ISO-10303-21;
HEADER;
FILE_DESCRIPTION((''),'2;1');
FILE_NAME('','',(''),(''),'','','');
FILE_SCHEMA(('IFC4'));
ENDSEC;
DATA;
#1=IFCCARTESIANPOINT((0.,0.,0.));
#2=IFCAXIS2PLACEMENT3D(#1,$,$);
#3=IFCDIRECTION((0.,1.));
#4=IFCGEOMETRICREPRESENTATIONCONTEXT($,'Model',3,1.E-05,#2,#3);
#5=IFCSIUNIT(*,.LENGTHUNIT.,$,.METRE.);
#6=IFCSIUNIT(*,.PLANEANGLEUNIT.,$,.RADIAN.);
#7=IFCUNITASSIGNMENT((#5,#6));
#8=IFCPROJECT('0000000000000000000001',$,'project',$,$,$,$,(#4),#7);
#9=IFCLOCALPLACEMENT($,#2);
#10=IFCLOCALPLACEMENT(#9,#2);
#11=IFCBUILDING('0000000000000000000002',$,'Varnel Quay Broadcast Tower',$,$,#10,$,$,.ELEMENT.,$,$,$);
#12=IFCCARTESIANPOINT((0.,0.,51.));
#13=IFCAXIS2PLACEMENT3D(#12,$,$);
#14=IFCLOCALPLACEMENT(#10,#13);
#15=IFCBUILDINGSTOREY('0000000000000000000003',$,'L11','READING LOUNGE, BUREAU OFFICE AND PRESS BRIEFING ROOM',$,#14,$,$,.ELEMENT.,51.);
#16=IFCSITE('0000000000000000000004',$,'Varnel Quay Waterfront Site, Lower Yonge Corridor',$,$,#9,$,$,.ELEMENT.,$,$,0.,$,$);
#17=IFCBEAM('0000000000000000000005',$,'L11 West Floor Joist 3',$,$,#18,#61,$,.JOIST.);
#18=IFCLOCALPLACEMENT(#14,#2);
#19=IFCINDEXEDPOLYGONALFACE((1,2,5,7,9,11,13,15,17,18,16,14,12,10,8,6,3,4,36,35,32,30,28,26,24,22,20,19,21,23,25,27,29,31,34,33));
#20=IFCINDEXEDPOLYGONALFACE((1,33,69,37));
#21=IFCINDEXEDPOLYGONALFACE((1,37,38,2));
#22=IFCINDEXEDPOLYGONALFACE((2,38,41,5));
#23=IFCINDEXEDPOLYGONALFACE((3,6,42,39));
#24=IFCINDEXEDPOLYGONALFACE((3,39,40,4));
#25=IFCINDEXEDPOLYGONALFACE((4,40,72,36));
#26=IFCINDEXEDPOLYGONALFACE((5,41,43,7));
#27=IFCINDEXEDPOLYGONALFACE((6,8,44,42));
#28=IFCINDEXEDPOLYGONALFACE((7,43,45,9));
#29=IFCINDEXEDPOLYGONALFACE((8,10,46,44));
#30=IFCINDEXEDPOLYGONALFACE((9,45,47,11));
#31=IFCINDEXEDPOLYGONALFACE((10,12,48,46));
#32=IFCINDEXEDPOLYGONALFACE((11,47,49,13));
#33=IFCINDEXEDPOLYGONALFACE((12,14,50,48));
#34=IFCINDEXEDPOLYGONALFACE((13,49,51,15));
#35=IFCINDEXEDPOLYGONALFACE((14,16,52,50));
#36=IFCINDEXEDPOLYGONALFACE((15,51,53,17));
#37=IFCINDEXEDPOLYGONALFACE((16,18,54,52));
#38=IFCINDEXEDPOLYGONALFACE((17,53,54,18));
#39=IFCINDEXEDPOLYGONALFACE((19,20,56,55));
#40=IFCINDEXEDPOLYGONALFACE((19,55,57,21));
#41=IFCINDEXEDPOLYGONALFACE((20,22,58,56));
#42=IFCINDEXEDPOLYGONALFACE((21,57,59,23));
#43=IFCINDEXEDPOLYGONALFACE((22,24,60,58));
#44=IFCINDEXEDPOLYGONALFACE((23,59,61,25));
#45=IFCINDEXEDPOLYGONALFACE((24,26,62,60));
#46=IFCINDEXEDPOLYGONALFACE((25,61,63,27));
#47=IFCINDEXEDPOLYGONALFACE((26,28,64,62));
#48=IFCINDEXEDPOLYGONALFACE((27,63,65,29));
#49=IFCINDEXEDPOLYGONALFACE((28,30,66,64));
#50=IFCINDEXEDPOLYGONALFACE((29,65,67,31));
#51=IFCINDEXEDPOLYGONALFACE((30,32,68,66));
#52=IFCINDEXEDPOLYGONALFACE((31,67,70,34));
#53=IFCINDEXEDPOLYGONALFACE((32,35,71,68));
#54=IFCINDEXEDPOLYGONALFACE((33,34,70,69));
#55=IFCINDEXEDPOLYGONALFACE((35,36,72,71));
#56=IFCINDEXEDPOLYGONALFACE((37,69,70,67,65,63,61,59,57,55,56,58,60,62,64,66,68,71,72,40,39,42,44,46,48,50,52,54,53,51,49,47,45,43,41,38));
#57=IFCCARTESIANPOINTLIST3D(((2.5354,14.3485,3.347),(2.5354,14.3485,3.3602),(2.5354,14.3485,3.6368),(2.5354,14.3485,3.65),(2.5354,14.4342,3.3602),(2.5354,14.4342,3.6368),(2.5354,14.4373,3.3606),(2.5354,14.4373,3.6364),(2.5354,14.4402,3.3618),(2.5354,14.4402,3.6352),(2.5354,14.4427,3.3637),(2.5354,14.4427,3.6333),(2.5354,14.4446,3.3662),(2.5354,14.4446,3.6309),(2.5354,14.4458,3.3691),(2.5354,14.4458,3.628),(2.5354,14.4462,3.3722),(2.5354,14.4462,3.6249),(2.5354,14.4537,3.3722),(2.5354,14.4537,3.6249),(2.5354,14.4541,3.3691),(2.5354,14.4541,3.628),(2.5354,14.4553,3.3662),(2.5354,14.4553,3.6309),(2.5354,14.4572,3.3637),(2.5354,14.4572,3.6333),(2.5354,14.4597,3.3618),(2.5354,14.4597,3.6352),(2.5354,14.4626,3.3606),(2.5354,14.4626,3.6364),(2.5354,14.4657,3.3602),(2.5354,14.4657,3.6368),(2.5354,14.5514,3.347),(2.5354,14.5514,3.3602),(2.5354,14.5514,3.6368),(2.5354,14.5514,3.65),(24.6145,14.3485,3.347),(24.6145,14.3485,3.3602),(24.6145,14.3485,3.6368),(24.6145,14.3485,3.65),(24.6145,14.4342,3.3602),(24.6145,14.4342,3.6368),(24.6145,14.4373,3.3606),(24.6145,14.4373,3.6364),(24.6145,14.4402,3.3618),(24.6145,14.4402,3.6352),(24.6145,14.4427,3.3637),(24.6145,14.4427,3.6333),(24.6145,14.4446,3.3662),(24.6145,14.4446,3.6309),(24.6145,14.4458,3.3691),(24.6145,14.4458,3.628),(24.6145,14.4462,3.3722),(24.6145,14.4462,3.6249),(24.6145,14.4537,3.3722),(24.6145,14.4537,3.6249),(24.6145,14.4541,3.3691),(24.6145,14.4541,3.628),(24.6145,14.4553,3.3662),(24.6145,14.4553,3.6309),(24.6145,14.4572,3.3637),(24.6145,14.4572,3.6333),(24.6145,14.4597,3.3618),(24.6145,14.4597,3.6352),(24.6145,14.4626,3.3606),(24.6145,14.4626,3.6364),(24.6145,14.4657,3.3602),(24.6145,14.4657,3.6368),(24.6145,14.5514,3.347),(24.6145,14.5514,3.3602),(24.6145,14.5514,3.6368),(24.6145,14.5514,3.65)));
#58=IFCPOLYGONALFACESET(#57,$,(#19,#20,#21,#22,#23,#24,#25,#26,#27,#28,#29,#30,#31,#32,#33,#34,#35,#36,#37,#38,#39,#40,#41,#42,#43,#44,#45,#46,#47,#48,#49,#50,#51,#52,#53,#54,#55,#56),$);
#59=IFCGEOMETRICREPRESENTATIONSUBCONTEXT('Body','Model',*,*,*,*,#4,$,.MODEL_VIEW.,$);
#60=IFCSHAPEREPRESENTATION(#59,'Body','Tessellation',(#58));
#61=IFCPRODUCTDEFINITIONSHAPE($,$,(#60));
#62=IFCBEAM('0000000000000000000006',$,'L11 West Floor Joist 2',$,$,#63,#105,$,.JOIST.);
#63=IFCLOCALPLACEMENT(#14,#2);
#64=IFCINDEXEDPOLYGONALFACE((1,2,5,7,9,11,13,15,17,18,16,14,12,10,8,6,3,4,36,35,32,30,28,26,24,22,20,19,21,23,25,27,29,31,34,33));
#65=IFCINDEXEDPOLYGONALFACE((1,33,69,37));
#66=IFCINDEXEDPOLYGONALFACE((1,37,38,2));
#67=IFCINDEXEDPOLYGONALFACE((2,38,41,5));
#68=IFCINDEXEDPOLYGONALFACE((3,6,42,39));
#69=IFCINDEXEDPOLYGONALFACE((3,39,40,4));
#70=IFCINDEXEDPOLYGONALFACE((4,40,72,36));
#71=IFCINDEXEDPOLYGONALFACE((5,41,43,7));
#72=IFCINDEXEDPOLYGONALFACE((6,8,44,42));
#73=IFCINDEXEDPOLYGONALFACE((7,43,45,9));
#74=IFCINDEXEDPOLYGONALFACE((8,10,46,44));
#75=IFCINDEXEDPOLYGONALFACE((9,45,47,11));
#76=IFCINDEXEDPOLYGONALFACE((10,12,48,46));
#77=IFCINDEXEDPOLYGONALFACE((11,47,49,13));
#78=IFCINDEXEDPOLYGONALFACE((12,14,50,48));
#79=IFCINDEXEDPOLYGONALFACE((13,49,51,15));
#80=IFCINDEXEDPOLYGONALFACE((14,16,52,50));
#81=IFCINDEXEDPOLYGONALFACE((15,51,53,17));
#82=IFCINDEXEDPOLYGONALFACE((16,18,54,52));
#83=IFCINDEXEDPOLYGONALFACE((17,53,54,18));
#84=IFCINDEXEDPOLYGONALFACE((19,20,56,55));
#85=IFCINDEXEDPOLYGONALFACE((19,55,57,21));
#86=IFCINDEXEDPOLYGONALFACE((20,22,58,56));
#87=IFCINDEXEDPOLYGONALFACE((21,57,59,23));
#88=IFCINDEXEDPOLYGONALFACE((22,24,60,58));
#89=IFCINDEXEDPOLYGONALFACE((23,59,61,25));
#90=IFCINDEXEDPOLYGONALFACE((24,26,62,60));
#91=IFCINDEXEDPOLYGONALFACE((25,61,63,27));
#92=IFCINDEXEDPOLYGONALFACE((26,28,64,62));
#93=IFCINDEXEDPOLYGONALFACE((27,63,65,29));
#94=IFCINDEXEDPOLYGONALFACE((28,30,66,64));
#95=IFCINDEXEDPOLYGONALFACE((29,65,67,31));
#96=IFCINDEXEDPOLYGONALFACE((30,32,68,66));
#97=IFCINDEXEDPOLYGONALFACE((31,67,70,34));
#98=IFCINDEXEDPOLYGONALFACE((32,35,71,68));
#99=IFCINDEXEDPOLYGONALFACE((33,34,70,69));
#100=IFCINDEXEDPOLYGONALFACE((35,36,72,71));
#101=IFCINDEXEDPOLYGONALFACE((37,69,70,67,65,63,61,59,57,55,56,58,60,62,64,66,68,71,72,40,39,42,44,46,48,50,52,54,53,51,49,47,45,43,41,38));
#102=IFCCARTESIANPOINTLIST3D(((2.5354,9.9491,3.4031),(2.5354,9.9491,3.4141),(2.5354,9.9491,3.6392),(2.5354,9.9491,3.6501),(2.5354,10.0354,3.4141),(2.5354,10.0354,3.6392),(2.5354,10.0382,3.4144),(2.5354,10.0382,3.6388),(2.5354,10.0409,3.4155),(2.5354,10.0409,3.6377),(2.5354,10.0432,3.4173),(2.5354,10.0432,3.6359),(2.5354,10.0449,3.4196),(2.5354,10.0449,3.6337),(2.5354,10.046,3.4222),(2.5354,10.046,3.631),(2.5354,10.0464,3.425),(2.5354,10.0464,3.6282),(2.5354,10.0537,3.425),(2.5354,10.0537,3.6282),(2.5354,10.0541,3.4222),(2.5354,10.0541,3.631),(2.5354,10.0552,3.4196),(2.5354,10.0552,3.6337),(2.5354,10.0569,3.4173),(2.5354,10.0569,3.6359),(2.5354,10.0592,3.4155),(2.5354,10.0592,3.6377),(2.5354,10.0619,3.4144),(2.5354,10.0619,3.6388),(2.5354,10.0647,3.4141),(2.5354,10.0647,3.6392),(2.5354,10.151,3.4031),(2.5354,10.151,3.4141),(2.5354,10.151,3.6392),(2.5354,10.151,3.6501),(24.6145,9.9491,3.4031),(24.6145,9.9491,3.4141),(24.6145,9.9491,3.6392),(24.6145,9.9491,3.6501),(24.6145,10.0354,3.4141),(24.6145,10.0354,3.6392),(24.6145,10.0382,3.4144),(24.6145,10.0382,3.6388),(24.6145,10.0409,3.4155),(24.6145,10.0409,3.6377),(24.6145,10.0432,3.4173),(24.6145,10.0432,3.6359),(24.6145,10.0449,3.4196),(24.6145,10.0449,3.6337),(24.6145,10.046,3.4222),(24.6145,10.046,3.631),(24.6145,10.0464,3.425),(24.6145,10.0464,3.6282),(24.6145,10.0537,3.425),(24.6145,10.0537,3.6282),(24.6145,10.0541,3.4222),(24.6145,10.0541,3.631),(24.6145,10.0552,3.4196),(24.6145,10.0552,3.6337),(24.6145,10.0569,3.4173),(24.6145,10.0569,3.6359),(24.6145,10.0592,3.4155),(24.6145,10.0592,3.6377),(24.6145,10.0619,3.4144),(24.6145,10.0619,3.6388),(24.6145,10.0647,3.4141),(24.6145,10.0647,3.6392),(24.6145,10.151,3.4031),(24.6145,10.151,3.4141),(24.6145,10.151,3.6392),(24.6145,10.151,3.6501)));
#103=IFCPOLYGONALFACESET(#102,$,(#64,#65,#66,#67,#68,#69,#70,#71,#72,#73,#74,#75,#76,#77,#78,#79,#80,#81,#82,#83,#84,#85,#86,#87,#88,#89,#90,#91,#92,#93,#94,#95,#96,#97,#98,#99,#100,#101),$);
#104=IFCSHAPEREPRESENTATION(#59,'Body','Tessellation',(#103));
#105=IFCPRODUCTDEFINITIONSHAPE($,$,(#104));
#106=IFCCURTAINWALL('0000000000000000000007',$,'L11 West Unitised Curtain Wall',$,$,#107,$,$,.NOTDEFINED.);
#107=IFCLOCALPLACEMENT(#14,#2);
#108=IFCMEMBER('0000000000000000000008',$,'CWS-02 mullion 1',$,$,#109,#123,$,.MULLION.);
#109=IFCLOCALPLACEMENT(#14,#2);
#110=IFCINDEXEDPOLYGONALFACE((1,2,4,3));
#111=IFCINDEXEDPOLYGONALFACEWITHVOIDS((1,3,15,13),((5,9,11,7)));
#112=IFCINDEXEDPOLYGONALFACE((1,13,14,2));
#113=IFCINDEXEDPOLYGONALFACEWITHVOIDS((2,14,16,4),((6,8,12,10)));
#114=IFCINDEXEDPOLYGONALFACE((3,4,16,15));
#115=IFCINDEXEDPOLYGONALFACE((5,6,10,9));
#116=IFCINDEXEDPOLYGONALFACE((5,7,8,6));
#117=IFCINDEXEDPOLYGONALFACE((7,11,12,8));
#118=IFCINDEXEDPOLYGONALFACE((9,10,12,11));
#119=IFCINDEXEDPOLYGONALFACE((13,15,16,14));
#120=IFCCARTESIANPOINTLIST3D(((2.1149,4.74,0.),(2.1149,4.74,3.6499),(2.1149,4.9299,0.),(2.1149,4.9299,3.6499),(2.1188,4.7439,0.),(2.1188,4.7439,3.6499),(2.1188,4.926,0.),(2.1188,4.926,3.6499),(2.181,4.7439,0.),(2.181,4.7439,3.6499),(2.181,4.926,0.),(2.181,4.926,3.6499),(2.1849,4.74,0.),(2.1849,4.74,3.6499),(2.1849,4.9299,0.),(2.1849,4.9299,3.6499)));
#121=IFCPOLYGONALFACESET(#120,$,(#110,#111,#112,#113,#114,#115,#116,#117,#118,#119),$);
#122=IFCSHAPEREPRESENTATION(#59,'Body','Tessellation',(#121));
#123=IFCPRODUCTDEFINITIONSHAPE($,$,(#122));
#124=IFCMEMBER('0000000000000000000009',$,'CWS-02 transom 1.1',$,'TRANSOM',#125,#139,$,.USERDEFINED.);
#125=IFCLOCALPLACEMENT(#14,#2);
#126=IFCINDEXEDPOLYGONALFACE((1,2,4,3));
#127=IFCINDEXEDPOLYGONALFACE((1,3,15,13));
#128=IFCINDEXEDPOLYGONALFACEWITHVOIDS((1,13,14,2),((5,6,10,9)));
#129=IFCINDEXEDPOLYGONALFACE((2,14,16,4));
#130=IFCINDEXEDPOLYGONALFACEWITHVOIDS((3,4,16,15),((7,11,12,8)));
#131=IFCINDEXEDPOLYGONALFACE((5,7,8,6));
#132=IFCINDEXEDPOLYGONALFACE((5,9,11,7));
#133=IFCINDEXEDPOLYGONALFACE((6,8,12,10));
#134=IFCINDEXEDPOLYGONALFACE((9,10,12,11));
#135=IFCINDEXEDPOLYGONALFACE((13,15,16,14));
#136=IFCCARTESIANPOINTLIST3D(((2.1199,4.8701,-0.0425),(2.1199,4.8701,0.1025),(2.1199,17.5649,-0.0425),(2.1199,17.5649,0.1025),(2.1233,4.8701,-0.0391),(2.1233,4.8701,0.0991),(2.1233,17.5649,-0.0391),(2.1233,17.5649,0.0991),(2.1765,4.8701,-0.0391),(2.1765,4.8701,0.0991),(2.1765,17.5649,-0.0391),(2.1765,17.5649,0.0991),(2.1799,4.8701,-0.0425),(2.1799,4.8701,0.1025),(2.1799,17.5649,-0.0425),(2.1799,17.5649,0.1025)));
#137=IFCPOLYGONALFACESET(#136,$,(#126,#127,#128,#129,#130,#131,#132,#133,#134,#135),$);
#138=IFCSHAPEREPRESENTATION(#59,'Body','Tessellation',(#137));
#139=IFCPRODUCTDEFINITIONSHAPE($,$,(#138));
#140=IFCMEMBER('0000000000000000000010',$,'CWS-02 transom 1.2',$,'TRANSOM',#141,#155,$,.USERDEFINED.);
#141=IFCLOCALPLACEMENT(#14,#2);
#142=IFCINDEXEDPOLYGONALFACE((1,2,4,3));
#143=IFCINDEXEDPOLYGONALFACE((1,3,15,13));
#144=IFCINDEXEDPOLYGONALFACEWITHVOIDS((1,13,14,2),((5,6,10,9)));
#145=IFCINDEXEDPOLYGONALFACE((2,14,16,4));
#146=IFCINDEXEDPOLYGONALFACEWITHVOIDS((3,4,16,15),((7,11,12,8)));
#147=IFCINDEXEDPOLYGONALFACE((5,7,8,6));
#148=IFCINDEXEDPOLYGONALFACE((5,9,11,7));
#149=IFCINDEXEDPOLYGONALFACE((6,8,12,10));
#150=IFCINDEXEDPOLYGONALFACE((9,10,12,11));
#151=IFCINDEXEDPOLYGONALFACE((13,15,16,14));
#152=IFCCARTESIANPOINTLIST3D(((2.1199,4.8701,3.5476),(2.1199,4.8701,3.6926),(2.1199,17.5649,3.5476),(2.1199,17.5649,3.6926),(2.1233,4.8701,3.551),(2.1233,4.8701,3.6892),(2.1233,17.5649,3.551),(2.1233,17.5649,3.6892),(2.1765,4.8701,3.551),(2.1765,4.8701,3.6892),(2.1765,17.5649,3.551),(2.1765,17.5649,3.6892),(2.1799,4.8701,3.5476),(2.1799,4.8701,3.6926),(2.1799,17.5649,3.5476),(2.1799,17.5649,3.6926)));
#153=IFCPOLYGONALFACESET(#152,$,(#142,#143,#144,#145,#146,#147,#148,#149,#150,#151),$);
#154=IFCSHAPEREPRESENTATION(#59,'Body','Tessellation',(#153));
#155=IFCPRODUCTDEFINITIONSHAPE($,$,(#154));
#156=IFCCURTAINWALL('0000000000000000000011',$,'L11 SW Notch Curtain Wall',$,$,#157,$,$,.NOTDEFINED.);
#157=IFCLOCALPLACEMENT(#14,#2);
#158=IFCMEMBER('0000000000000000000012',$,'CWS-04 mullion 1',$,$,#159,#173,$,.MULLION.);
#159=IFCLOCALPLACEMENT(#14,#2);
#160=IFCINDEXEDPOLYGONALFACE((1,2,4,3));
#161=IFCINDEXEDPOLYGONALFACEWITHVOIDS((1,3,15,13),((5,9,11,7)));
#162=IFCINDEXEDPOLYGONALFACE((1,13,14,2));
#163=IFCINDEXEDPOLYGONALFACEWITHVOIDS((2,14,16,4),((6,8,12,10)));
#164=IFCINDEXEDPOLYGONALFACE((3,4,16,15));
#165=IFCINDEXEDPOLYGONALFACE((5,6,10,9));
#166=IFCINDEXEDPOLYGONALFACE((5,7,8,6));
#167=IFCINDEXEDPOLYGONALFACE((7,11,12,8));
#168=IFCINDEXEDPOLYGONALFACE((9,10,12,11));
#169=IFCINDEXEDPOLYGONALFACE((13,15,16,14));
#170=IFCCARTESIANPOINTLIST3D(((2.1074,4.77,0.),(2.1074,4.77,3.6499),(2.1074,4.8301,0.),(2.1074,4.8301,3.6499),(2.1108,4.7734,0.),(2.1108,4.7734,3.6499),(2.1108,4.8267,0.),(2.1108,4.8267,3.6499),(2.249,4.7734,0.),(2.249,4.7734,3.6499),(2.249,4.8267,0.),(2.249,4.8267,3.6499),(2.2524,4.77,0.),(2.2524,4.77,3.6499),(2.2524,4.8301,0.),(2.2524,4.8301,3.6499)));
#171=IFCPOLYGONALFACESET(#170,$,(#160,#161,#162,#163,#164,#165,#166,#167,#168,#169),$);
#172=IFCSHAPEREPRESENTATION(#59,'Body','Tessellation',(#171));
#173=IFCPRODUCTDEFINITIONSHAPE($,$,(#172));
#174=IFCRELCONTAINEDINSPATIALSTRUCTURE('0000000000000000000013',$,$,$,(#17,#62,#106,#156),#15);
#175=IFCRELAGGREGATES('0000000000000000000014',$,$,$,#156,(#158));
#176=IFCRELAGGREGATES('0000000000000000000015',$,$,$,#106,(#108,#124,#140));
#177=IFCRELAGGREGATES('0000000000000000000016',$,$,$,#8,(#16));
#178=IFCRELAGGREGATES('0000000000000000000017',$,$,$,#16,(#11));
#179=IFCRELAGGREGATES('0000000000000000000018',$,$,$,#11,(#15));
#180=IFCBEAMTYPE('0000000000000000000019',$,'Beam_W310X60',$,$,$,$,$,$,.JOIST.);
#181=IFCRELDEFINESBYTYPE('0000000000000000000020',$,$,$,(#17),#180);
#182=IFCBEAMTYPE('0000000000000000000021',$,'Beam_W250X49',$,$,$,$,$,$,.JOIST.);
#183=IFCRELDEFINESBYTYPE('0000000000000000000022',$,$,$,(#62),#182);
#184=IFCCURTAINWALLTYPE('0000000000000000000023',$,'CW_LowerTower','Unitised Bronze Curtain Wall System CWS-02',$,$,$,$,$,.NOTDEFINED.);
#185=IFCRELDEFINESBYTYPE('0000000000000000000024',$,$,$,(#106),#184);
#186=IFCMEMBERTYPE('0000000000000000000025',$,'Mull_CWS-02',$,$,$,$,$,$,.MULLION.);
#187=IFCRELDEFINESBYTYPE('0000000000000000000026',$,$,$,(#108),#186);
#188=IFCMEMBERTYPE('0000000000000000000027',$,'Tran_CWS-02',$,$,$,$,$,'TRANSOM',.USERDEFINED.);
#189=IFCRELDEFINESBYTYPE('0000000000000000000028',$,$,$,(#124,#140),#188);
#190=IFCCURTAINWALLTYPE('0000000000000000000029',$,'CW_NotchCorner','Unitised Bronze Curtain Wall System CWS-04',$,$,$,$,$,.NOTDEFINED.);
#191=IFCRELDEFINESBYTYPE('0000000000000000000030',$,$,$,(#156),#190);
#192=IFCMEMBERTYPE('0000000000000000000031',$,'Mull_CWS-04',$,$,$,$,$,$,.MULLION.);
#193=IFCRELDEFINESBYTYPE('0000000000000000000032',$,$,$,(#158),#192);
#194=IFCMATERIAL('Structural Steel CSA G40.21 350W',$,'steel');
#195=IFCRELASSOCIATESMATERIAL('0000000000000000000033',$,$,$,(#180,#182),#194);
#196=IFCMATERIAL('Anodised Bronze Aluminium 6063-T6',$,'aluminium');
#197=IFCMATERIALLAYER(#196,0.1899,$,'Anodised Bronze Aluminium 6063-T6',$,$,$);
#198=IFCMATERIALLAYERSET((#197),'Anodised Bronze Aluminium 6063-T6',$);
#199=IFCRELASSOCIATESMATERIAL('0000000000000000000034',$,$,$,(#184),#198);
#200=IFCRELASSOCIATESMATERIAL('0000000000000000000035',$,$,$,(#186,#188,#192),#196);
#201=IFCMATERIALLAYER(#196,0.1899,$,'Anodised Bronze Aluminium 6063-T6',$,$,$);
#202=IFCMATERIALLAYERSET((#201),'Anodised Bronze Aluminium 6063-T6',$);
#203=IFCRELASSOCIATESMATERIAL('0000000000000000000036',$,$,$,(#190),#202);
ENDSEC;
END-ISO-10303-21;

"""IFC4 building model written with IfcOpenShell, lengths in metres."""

from ifc_helpers import new_model, si_unit, direction, frame, origin, origin_2d, place, context, subcontext, project, spatial, hollow_rectangle, i_section, extrude, source, transform, mapped, material, layer, layer_set, material_profile, profile_set, type_object, type_shapes, element, aggregate, save


model = new_model("IFC4")

# Units and contexts
model_context = context("Model", 3, precision=1e-05, world=origin(), true_north=direction((0.0, 1.0)))
body_context = subcontext(model_context, "Body", "Model", "MODEL_VIEW")
ifc_project = project(units=[si_unit("LENGTHUNIT", "METRE"), si_unit("PLANEANGLEUNIT", "RADIAN")], contexts=[model_context])

# Site, building, storey
site_placement = place(None, origin())
site = spatial("IfcSite", under=ifc_project, at=site_placement, Name="Varnel Quay Waterfront Site, Lower Yonge Corridor", CompositionType="ELEMENT", RefElevation=0.0)
building_placement = place(site_placement, origin())
building = spatial("IfcBuilding", under=site, at=building_placement, Name="Varnel Quay Broadcast Tower", CompositionType="ELEMENT")
storey_placement = place(building_placement, frame((0.0, 0.0, 51.0)))
storey = spatial("IfcBuildingStorey", under=building, at=storey_placement, Name="L11", Description="READING LOUNGE, BUREAU OFFICE AND PRESS BRIEFING ROOM", CompositionType="ELEMENT", Elevation=51.0)

# Shared definitions
ifc_material_1 = material(Name="Structural Steel CSA G40.21 350W", Category="steel")

# Beams
ifc_material_profile_1 = material_profile(ifc_material_1, i_section(OverallWidth=0.2029, OverallDepth=0.303, WebThickness=0.0076, FlangeThickness=0.0132, FilletRadius=0.012, at=origin_2d()), Name="W310X60")
ifc_profile_set_1 = profile_set([ifc_material_profile_1], Name="Structural Steel CSA G40.21 350W")
beam_type_1 = type_object("IfcBeamType", Name="Beam_W310X60", PredefinedType="JOIST", material=ifc_profile_set_1)
shared_shape_1 = source(origin(), body_context, "Body", "SweptSolid", [
    extrude(i_section(OverallWidth=0.2029, OverallDepth=0.303, WebThickness=0.0076, FlangeThickness=0.0132, FilletRadius=0.012, at=origin_2d()), origin(), (0.0, 0.0, 1.0), 22.0791),
])
type_shapes(beam_type_1, [shared_shape_1])
for number, where, z_axis, x_axis, name in (
    (1, (2.5354, 14.45, 3.4985), (1.0, 0.0, 0.0), (0.0, 1.0, 0.0), "L11 West Floor Joist 3"),
):
    element("IfcBeam", number, at=place(storey_placement, frame(where, z_axis=z_axis, x_axis=x_axis)), inside=storey, type_object=beam_type_1, Name=name, PredefinedType="JOIST", context=body_context, shape_type="MappedRepresentation", body=[
        mapped(shared_shape_1, transform((0.0, 0.0, 0.0), x_axis=(1.0, 0.0, 0.0), y_axis=(0.0, 1.0, 0.0), z_axis=(0.0, 0.0, 1.0), scale=1.0)),
    ])
ifc_material_profile_2 = material_profile(ifc_material_1, i_section(OverallWidth=0.2019, OverallDepth=0.2471, WebThickness=0.0073, FlangeThickness=0.011, FilletRadius=0.011, at=origin_2d()), Name="W250X49")
ifc_profile_set_2 = profile_set([ifc_material_profile_2], Name="Structural Steel CSA G40.21 350W")
beam_type_2 = type_object("IfcBeamType", Name="Beam_W250X49", PredefinedType="JOIST", material=ifc_profile_set_2)
shared_shape_2 = source(origin(), body_context, "Body", "SweptSolid", [
    extrude(i_section(OverallWidth=0.2019, OverallDepth=0.2471, WebThickness=0.0073, FlangeThickness=0.011, FilletRadius=0.011, at=origin_2d()), origin(), (0.0, 0.0, 1.0), 22.0791),
])
type_shapes(beam_type_2, [shared_shape_2])
beam_1_placement = place(storey_placement, frame((2.5354, 10.05, 3.5266), z_axis=(1.0, 0.0, 0.0), x_axis=(0.0, 1.0, 0.0)))
element("IfcBeam", 2, at=beam_1_placement, inside=storey, type_object=beam_type_2, Name="L11 West Floor Joist 2", PredefinedType="JOIST", context=body_context, shape_type="MappedRepresentation", body=[
    mapped(shared_shape_2, transform((0.0, 0.0, 0.0), x_axis=(1.0, 0.0, 0.0), y_axis=(0.0, 1.0, 0.0), z_axis=(0.0, 0.0, 1.0), scale=1.0)),
])

# Curtain walls, members
ifc_material_2 = material(Name="Anodised Bronze Aluminium 6063-T6", Category="aluminium")
ifc_layer_1 = layer(ifc_material_2, 0.1899, Name="Anodised Bronze Aluminium 6063-T6")
ifc_layer_set_1 = layer_set([ifc_layer_1], Name="Anodised Bronze Aluminium 6063-T6")
curtain_wall_type_1 = type_object("IfcCurtainWallType", Name="CW_LowerTower", Description="Unitised Bronze Curtain Wall System CWS-02", PredefinedType="NOTDEFINED", material=ifc_layer_set_1)
curtain_wall_1_placement = place(storey_placement, origin())
curtain_wall_1 = element("IfcCurtainWall", 3, at=curtain_wall_1_placement, inside=storey, type_object=curtain_wall_type_1, Name="L11 West Unitised Curtain Wall", PredefinedType="NOTDEFINED")
ifc_material_profile_3 = material_profile(ifc_material_2, hollow_rectangle(XDim=0.0701, YDim=0.1899, WallThickness=0.0039, at=origin_2d()), Name="ALU70X190X4")
ifc_profile_set_3 = profile_set([ifc_material_profile_3], Name="Anodised Bronze Aluminium 6063-T6")
member_type_1 = type_object("IfcMemberType", Name="Mull_CWS-02", PredefinedType="MULLION", material=ifc_profile_set_3)
shared_shape_3 = source(origin(), body_context, "Body", "SweptSolid", [
    extrude(hollow_rectangle(XDim=0.0701, YDim=0.1899, WallThickness=0.0039, at=origin_2d()), origin(), (0.0, 0.0, 1.0), 3.6499),
])
type_shapes(member_type_1, [shared_shape_3])
member_1_placement = place(storey_placement, frame((2.1499, 4.835, 0.0), z_axis=(0.0, 0.0, 1.0), x_axis=(-1.0, 0.0, 0.0)))
member_1 = element("IfcMember", 4, at=member_1_placement, type_object=member_type_1, Name="CWS-02 mullion 1", PredefinedType="MULLION", context=body_context, shape_type="MappedRepresentation", body=[
    mapped(shared_shape_3, transform((0.0, 0.0, 0.0), x_axis=(1.0, 0.0, 0.0), y_axis=(0.0, 1.0, 0.0), z_axis=(0.0, 0.0, 1.0), scale=1.0)),
])
ifc_material_profile_4 = material_profile(ifc_material_2, hollow_rectangle(XDim=0.0601, YDim=0.145, WallThickness=0.0034, at=origin_2d()), Name="ALU60X145X3.5")
ifc_profile_set_4 = profile_set([ifc_material_profile_4], Name="Anodised Bronze Aluminium 6063-T6")
member_type_2 = type_object("IfcMemberType", Name="Tran_CWS-02", ElementType="TRANSOM", PredefinedType="USERDEFINED", material=ifc_profile_set_4)
shared_shape_4 = source(origin(), body_context, "Body", "SweptSolid", [
    extrude(hollow_rectangle(XDim=0.0601, YDim=0.145, WallThickness=0.0034, at=origin_2d()), origin(), (0.0, 0.0, 1.0), 12.6948),
])
type_shapes(member_type_2, [shared_shape_4])
member_2_placement = place(storey_placement, frame((2.1499, 4.8701, 0.03), z_axis=(0.0, 1.0, 0.0), x_axis=(-1.0, 0.0, 0.0)))
member_2 = element("IfcMember", 5, at=member_2_placement, type_object=member_type_2, Name="CWS-02 transom 1.1", ObjectType="TRANSOM", PredefinedType="USERDEFINED", context=body_context, shape_type="MappedRepresentation", body=[
    mapped(shared_shape_4, transform((0.0, 0.0, 0.0), x_axis=(1.0, 0.0, 0.0), y_axis=(0.0, 1.0, 0.0), z_axis=(0.0, 0.0, 1.0), scale=1.0)),
])
member_3_placement = place(storey_placement, frame((2.1499, 4.8701, 3.6201), z_axis=(0.0, 1.0, 0.0), x_axis=(-1.0, 0.0, 0.0)))
member_3 = element("IfcMember", 6, at=member_3_placement, type_object=member_type_2, Name="CWS-02 transom 1.2", ObjectType="TRANSOM", PredefinedType="USERDEFINED", context=body_context, shape_type="MappedRepresentation", body=[
    mapped(shared_shape_4, transform((0.0, 0.0, 0.0), x_axis=(1.0, 0.0, 0.0), y_axis=(0.0, 1.0, 0.0), z_axis=(0.0, 0.0, 1.0), scale=1.0)),
])
ifc_layer_2 = layer(ifc_material_2, 0.1899, Name="Anodised Bronze Aluminium 6063-T6")
ifc_layer_set_2 = layer_set([ifc_layer_2], Name="Anodised Bronze Aluminium 6063-T6")
curtain_wall_type_2 = type_object("IfcCurtainWallType", Name="CW_NotchCorner", Description="Unitised Bronze Curtain Wall System CWS-04", PredefinedType="NOTDEFINED", material=ifc_layer_set_2)
curtain_wall_2_placement = place(storey_placement, origin())
curtain_wall_2 = element("IfcCurtainWall", 7, at=curtain_wall_2_placement, inside=storey, type_object=curtain_wall_type_2, Name="L11 SW Notch Curtain Wall", PredefinedType="NOTDEFINED")
ifc_material_profile_5 = material_profile(ifc_material_2, hollow_rectangle(XDim=0.0601, YDim=0.145, WallThickness=0.0034, at=origin_2d()), Name="ALU60X145X3.5")
ifc_profile_set_5 = profile_set([ifc_material_profile_5], Name="Anodised Bronze Aluminium 6063-T6")
member_type_3 = type_object("IfcMemberType", Name="Mull_CWS-04", PredefinedType="MULLION", material=ifc_profile_set_5)
shared_shape_5 = source(origin(), body_context, "Body", "SweptSolid", [
    extrude(hollow_rectangle(XDim=0.0601, YDim=0.145, WallThickness=0.0034, at=origin_2d()), origin(), (0.0, 0.0, 1.0), 3.6499),
])
type_shapes(member_type_3, [shared_shape_5])
member_4_placement = place(storey_placement, frame((2.1799, 4.8, 0.0), z_axis=(0.0, 0.0, 1.0), x_axis=(0.0, 1.0, 0.0)))
member_4 = element("IfcMember", 8, at=member_4_placement, type_object=member_type_3, Name="CWS-04 mullion 1", PredefinedType="MULLION", context=body_context, shape_type="MappedRepresentation", body=[
    mapped(shared_shape_5, transform((0.0, 0.0, 0.0), x_axis=(1.0, 0.0, 0.0), y_axis=(0.0, 1.0, 0.0), z_axis=(0.0, 0.0, 1.0), scale=1.0)),
])

aggregate(curtain_wall_2, [member_4])
aggregate(curtain_wall_1, [member_1, member_2, member_3])

save(model, "model.ifc")
